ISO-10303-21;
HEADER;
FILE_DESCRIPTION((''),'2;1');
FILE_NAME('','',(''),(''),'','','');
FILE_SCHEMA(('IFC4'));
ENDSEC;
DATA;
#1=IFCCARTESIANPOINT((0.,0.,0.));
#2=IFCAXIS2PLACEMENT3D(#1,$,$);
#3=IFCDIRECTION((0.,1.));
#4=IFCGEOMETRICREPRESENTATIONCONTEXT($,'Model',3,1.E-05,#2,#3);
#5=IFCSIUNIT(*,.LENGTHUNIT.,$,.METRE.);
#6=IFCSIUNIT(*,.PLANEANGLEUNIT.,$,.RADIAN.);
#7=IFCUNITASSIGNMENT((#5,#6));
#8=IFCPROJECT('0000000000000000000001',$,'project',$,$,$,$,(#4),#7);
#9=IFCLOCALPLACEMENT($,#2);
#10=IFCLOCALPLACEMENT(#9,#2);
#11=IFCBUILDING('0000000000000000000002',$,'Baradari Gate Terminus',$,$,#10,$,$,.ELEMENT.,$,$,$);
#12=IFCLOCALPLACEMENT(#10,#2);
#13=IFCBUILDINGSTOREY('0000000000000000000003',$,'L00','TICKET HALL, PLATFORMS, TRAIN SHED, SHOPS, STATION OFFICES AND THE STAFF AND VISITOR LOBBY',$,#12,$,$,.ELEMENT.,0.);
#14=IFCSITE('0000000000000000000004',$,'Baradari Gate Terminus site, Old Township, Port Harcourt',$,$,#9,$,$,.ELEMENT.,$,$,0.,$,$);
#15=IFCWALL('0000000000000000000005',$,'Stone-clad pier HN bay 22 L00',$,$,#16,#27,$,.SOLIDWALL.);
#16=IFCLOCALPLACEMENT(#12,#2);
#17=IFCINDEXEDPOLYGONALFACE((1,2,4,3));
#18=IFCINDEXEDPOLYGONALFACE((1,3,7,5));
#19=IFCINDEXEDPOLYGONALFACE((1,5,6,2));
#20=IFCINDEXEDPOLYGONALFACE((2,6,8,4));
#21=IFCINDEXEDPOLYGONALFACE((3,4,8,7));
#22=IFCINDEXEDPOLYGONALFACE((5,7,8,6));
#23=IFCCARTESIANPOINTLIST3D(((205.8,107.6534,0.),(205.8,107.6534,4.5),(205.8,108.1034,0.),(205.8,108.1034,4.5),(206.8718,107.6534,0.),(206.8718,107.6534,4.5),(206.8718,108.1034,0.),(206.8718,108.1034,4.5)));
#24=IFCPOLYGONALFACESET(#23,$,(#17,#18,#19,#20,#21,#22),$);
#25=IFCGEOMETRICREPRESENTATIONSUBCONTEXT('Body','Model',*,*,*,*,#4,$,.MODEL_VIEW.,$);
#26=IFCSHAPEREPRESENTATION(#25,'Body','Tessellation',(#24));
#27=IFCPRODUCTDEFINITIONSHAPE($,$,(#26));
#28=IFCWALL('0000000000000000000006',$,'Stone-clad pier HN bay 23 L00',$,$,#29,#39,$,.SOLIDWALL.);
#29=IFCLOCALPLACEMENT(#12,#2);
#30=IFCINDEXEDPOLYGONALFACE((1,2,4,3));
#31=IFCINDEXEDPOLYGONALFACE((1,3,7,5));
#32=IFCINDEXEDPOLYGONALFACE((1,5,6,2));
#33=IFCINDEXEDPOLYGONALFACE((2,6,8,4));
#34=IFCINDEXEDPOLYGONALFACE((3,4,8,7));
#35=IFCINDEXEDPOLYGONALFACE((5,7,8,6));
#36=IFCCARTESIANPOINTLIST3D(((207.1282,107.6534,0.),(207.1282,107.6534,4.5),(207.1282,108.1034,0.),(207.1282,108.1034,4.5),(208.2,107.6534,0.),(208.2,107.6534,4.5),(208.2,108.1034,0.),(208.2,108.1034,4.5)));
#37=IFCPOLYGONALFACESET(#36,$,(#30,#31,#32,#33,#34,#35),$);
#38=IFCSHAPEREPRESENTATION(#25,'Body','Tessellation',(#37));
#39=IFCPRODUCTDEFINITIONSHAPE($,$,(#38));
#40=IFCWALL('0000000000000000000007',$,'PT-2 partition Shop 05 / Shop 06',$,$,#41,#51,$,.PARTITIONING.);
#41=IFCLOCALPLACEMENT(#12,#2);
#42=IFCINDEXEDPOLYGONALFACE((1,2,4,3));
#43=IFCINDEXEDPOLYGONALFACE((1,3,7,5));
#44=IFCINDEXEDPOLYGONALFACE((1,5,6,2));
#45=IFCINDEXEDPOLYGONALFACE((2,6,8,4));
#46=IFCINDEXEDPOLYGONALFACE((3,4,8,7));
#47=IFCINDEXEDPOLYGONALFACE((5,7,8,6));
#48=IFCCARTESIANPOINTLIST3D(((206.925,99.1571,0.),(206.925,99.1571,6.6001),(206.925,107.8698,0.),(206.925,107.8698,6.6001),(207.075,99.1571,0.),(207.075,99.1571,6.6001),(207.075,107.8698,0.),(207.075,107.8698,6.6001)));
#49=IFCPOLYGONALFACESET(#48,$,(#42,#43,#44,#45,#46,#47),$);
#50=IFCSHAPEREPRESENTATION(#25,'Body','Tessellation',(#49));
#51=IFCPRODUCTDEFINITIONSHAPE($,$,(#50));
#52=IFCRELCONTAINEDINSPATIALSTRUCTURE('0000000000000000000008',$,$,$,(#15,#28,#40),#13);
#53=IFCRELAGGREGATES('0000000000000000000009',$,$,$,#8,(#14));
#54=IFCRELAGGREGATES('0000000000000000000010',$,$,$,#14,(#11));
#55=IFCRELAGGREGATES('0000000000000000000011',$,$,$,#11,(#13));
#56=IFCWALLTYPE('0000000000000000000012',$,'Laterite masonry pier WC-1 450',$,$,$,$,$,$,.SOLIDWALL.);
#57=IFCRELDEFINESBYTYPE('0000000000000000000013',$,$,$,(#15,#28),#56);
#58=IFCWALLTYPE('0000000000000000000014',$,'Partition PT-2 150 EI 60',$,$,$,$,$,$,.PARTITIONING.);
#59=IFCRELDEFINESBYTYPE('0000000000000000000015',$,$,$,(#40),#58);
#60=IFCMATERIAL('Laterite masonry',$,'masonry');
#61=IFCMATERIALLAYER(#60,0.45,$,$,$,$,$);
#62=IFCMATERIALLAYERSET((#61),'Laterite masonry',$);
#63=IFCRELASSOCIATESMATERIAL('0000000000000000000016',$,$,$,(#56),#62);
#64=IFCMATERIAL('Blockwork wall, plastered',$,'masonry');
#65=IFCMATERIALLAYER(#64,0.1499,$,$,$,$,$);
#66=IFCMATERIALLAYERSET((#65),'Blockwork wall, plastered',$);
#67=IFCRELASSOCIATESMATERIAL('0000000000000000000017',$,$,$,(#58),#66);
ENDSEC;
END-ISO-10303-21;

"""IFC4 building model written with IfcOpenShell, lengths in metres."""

from ifc_helpers import new_model, si_unit, direction, frame, frame_2d, origin, place, context, subcontext, project, spatial, rectangle, extrude, material, layer, layer_set, type_object, element, save


model = new_model("IFC4")

# Units and contexts
model_context = context("Model", 3, precision=1e-05, world=origin(), true_north=direction((0.0, 1.0)))
body_context = subcontext(model_context, "Body", "Model", "MODEL_VIEW")
ifc_project = project(units=[si_unit("LENGTHUNIT", "METRE"), si_unit("PLANEANGLEUNIT", "RADIAN")], contexts=[model_context])

# Site, building, storey
site_placement = place(None, origin())
site = spatial("IfcSite", under=ifc_project, at=site_placement, Name="Baradari Gate Terminus site, Old Township, Port Harcourt", CompositionType="ELEMENT", RefElevation=0.0)
building_placement = place(site_placement, origin())
building = spatial("IfcBuilding", under=site, at=building_placement, Name="Baradari Gate Terminus", CompositionType="ELEMENT")
storey_placement = place(building_placement, origin())
storey = spatial("IfcBuildingStorey", under=building, at=storey_placement, Name="L00", Description="TICKET HALL, PLATFORMS, TRAIN SHED, SHOPS, STATION OFFICES AND THE STAFF AND VISITOR LOBBY", CompositionType="ELEMENT", Elevation=0.0)

# Walls
ifc_material_1 = material(Name="Laterite masonry", Category="masonry")
ifc_layer_1 = layer(ifc_material_1, 0.45)
ifc_layer_set_1 = layer_set([ifc_layer_1], Name="Laterite masonry")
wall_type_1 = type_object("IfcWallType", Name="Laterite masonry pier WC-1 450", PredefinedType="SOLIDWALL", material=ifc_layer_set_1)
for number, where, z_axis, x_axis, name in (
    (1, (205.8, 107.8784, 0.0), (0.0, 0.0, 1.0), (1.0, 0.0, 0.0), "Stone-clad pier HN bay 22 L00"),
    (2, (207.1282, 107.8784, 0.0), (0.0, 0.0, 1.0), (1.0, 0.0, 0.0), "Stone-clad pier HN bay 23 L00"),
):
    element("IfcWall", number, at=place(storey_placement, frame(where, z_axis=z_axis, x_axis=x_axis)), inside=storey, type_object=wall_type_1, Name=name, PredefinedType="SOLIDWALL", context=body_context, shape_type="SweptSolid", body=[
        extrude(rectangle(XDim=1.0718, YDim=0.45, at=frame_2d((0.5359, 0.0))), origin(), (0.0, 0.0, 1.0), 4.5),
    ])
ifc_material_2 = material(Name="Blockwork wall, plastered", Category="masonry")
ifc_layer_2 = layer(ifc_material_2, 0.1499)
ifc_layer_set_2 = layer_set([ifc_layer_2], Name="Blockwork wall, plastered")
wall_type_2 = type_object("IfcWallType", Name="Partition PT-2 150 EI 60", PredefinedType="PARTITIONING", material=ifc_layer_set_2)
wall_1_placement = place(storey_placement, frame((207.0, 107.8699, 0.0), z_axis=(0.0, 0.0, 1.0), x_axis=(0.0, -1.0, 0.0)))
element("IfcWall", 3, at=wall_1_placement, inside=storey, type_object=wall_type_2, Name="PT-2 partition Shop 05 / Shop 06", PredefinedType="PARTITIONING", context=body_context, shape_type="SweptSolid", body=[
    extrude(rectangle(XDim=8.7126, YDim=0.1499, at=frame_2d((4.3564, 0.0))), origin(), (0.0, 0.0, 1.0), 6.6001),
])

save(model, "model.ifc")
